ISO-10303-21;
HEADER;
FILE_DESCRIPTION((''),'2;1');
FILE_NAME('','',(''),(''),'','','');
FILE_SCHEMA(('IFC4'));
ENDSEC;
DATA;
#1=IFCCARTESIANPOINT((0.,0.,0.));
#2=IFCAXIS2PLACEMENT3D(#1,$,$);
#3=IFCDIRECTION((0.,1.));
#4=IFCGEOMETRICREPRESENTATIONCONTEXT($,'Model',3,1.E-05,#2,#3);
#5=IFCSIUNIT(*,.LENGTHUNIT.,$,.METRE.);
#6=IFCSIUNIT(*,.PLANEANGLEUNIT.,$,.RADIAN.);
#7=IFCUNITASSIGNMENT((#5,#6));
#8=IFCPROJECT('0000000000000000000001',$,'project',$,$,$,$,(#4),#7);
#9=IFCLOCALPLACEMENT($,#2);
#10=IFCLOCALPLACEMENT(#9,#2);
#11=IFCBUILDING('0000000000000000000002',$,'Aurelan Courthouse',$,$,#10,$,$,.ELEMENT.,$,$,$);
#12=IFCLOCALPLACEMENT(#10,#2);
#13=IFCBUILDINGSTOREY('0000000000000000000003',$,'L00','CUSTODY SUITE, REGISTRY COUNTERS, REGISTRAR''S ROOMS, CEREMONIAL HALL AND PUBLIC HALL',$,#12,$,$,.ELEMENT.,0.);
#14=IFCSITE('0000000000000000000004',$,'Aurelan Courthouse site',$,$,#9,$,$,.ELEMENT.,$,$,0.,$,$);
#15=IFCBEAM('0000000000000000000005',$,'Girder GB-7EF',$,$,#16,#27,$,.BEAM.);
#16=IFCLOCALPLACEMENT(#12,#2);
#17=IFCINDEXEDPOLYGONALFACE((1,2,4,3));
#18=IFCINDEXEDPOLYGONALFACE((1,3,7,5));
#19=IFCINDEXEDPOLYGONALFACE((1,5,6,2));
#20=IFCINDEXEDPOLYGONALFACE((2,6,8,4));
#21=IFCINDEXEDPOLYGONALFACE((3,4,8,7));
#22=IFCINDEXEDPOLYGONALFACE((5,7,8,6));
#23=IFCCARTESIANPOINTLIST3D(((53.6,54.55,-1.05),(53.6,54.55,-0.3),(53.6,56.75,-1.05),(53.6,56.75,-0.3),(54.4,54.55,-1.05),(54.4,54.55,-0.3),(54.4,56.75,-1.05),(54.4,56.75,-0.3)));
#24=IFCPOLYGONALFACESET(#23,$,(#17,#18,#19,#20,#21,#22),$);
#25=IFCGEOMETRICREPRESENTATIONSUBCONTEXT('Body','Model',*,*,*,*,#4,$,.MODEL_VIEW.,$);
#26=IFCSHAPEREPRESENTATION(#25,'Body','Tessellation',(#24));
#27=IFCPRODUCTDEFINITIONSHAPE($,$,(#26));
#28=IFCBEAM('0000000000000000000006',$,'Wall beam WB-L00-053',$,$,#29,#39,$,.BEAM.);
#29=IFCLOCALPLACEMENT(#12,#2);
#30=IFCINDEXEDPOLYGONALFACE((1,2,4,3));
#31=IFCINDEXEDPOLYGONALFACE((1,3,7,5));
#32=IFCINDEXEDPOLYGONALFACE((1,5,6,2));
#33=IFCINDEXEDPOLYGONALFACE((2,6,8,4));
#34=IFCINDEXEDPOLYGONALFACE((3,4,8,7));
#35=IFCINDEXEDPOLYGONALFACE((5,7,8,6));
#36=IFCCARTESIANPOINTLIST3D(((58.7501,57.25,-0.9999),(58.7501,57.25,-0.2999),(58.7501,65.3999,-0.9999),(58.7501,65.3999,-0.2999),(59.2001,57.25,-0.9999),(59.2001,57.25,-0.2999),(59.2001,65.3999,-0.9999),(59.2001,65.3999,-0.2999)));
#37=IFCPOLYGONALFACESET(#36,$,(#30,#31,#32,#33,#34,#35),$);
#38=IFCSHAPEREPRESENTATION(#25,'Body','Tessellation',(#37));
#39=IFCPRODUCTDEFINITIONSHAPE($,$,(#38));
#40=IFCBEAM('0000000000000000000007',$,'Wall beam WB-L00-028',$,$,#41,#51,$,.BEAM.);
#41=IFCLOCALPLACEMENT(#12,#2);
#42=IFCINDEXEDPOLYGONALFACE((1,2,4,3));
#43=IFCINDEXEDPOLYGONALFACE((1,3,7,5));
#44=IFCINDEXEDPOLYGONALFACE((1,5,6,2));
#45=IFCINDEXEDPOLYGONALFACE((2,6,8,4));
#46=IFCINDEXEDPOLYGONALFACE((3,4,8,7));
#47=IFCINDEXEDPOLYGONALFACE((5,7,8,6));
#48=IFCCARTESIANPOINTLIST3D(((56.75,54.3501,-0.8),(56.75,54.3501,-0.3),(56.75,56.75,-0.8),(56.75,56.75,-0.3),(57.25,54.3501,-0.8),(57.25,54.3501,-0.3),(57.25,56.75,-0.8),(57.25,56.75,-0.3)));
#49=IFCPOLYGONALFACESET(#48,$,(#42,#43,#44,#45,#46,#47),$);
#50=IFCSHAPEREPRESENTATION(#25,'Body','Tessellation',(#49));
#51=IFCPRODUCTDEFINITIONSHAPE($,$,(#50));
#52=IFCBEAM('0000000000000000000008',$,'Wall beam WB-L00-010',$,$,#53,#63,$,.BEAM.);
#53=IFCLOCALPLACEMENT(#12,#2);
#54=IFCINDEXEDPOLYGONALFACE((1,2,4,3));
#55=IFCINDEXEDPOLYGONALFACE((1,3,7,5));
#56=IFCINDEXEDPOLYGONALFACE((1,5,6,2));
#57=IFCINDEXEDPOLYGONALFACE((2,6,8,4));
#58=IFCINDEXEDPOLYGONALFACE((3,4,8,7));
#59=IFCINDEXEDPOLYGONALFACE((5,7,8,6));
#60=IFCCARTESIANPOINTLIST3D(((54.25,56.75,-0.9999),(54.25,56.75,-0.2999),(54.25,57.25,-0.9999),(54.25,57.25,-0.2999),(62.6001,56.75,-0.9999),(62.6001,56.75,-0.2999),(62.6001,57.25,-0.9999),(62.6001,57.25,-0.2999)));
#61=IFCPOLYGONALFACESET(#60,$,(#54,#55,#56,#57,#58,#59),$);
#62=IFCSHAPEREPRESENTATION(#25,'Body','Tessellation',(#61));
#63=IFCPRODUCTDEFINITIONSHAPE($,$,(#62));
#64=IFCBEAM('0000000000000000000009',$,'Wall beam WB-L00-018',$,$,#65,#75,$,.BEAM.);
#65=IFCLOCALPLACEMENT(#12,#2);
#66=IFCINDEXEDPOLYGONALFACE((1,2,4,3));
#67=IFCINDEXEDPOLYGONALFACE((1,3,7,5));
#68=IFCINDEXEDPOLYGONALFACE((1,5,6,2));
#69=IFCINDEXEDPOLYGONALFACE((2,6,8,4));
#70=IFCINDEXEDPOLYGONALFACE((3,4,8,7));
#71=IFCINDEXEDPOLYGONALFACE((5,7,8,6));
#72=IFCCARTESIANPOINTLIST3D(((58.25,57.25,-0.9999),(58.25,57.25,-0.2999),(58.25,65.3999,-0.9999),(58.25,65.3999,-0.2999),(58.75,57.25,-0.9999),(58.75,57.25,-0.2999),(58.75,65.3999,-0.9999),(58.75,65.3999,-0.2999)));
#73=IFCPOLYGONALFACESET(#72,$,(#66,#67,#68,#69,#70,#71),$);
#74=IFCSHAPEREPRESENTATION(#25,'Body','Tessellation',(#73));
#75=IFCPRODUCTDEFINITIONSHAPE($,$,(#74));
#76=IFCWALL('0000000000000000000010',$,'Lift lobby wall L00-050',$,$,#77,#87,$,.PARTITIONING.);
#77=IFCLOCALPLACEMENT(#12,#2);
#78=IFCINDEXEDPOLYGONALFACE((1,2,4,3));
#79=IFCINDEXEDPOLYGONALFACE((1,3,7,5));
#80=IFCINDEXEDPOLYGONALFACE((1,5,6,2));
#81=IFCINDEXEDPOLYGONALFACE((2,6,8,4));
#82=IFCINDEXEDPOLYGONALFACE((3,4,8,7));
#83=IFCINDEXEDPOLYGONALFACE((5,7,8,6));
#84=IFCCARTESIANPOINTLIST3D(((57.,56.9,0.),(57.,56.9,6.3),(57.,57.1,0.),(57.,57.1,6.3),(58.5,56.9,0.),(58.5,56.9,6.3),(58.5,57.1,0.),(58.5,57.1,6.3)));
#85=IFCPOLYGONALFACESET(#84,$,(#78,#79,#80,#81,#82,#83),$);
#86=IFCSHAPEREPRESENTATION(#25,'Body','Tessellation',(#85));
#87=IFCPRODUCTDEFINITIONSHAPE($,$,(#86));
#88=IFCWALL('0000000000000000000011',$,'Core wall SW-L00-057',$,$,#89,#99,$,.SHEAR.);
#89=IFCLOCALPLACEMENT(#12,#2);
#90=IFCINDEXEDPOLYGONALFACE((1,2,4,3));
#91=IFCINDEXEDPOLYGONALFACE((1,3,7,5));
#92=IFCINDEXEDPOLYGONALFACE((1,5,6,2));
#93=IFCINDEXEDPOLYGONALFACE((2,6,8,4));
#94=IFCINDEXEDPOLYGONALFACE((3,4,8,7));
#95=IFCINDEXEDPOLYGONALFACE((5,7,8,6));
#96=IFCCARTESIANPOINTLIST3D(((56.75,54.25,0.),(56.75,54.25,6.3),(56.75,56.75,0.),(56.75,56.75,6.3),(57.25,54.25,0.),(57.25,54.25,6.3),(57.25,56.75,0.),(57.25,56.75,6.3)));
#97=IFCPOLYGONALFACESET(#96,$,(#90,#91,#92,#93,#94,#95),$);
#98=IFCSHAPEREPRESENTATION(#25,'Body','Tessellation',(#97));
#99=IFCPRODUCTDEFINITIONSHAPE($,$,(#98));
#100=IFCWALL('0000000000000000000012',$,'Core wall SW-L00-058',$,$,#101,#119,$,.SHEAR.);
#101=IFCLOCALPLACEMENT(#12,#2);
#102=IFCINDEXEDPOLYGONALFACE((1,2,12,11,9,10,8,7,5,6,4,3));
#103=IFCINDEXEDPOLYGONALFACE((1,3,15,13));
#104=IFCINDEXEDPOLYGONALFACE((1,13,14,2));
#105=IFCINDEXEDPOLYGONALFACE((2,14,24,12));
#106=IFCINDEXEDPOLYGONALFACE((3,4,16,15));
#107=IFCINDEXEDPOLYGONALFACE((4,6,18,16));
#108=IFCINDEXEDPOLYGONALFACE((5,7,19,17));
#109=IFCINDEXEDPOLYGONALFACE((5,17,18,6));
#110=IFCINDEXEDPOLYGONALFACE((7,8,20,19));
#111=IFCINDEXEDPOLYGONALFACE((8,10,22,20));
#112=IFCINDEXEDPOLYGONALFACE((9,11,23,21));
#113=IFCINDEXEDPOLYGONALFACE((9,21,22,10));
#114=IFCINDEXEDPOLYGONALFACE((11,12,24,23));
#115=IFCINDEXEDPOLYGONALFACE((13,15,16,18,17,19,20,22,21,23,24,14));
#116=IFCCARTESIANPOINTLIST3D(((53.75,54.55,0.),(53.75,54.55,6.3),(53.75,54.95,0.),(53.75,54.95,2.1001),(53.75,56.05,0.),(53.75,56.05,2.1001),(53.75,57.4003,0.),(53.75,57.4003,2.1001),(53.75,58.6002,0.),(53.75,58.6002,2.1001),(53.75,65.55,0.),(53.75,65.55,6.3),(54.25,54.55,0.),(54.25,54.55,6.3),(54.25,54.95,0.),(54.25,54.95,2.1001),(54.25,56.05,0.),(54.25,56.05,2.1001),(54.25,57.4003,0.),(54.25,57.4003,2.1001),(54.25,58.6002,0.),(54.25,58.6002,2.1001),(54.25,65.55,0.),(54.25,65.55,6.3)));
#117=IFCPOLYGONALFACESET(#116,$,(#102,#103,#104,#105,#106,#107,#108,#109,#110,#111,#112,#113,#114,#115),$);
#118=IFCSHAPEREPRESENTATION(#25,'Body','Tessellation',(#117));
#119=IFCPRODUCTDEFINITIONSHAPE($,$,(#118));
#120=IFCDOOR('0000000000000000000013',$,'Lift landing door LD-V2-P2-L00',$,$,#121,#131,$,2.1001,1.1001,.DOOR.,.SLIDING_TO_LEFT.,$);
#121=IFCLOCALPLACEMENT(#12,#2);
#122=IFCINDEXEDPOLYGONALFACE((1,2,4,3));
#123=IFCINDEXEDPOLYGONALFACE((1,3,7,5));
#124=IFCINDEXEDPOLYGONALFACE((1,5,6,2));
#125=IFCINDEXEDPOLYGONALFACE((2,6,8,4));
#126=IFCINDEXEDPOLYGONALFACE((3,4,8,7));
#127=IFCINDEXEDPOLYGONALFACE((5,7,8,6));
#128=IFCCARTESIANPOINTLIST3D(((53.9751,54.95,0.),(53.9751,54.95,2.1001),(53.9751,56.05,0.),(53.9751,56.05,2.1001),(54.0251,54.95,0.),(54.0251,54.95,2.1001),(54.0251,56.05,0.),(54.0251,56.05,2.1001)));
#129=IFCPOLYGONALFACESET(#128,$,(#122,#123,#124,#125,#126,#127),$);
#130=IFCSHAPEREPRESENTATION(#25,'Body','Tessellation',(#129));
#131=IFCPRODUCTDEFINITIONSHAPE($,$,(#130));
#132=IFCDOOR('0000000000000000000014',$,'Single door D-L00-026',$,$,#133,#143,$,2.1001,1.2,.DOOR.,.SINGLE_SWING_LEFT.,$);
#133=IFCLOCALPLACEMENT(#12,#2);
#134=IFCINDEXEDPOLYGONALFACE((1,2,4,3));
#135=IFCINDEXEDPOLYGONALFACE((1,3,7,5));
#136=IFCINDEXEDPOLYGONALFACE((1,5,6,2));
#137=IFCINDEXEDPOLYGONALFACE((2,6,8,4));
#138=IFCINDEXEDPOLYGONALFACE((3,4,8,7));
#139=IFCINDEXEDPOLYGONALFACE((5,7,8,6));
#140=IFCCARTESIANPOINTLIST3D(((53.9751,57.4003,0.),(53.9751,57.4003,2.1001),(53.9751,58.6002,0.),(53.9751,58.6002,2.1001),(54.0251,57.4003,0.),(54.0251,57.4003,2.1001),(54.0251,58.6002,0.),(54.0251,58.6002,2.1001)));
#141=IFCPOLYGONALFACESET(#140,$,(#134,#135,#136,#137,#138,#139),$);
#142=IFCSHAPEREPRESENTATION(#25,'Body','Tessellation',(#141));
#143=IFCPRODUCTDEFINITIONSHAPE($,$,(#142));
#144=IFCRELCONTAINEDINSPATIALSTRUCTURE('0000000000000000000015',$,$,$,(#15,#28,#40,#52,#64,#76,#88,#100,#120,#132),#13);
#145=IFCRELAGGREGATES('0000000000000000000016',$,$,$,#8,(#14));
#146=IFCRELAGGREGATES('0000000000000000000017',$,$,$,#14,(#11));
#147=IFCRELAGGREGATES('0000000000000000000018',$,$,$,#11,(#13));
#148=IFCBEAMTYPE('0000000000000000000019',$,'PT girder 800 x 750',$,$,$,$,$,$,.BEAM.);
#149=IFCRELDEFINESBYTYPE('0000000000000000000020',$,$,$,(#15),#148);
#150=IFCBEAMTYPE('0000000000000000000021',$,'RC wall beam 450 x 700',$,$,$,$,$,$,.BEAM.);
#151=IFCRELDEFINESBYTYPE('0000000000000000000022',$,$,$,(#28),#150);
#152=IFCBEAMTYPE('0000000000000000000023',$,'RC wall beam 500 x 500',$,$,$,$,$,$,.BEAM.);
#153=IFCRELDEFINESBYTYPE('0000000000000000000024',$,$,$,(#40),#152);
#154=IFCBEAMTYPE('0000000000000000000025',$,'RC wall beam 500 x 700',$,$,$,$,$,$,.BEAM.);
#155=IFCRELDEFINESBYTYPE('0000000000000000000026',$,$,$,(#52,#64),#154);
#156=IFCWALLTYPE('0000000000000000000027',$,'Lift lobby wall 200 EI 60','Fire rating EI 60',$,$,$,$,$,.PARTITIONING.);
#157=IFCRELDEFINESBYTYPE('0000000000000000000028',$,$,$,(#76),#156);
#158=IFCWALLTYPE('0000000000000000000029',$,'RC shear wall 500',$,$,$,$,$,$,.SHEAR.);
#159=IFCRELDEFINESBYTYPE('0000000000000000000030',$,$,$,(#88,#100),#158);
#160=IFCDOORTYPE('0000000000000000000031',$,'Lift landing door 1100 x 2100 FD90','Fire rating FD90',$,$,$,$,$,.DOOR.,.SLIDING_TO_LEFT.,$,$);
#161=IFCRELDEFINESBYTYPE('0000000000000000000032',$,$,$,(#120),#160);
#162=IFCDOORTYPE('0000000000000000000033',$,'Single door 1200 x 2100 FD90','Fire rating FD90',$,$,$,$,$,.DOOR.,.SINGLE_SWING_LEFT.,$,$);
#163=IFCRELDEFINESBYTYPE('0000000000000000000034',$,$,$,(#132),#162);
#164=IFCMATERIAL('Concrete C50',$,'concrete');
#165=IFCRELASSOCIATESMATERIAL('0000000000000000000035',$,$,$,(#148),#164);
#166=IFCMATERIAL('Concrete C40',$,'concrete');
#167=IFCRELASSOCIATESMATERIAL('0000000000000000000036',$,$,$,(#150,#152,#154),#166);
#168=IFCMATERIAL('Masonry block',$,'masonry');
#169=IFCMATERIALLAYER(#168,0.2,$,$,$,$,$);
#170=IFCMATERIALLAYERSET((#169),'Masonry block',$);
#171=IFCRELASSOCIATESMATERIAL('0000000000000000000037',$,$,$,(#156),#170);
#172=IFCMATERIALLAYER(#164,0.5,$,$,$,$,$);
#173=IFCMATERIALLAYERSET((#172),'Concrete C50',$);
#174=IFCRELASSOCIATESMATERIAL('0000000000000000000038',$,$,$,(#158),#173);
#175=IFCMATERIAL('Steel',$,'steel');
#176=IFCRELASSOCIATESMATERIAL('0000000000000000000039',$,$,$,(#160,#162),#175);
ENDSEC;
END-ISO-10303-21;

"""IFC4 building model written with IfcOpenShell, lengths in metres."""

from ifc_helpers import new_model, si_unit, direction, frame, frame_2d, origin, origin_2d, place, context, subcontext, project, spatial, rectangle, extrude, material, layer, layer_set, material_profile, profile_set, type_object, element, fill, save


model = new_model("IFC4")

# Units and contexts
model_context = context("Model", 3, precision=1e-05, world=origin(), true_north=direction((0.0, 1.0)))
body_context = subcontext(model_context, "Body", "Model", "MODEL_VIEW")
ifc_project = project(units=[si_unit("LENGTHUNIT", "METRE"), si_unit("PLANEANGLEUNIT", "RADIAN")], contexts=[model_context])

# Site, building, storey
site_placement = place(None, origin())
site = spatial("IfcSite", under=ifc_project, at=site_placement, Name="Aurelan Courthouse site", CompositionType="ELEMENT", RefElevation=0.0)
building_placement = place(site_placement, origin())
building = spatial("IfcBuilding", under=site, at=building_placement, Name="Aurelan Courthouse", CompositionType="ELEMENT")
storey_placement = place(building_placement, origin())
storey = spatial("IfcBuildingStorey", under=building, at=storey_placement, Name="L00", Description="CUSTODY SUITE, REGISTRY COUNTERS, REGISTRAR'S ROOMS, CEREMONIAL HALL AND PUBLIC HALL", CompositionType="ELEMENT", Elevation=0.0)

# Beams
ifc_material_1 = material(Name="Concrete C50", Category="concrete")
ifc_material_profile_1 = material_profile(ifc_material_1, rectangle(XDim=0.8, YDim=0.75, at=origin_2d()), Name="RC 800 x 750")
ifc_profile_set_1 = profile_set([ifc_material_profile_1], Name="Concrete C50")
beam_type_1 = type_object("IfcBeamType", Name="PT girder 800 x 750", PredefinedType="BEAM", material=ifc_profile_set_1)
beam_1_placement = place(storey_placement, frame((54.0, 54.55, -0.675), z_axis=(0.0, 1.0, 0.0), x_axis=(-1.0, 0.0, 0.0)))
element("IfcBeam", 1, at=beam_1_placement, inside=storey, type_object=beam_type_1, Name="Girder GB-7EF", PredefinedType="BEAM", context=body_context, shape_type="SweptSolid", body=[
    extrude(rectangle(XDim=0.8, YDim=0.75, at=origin_2d()), origin(), (0.0, 0.0, 1.0), 2.2),
])
ifc_material_2 = material(Name="Concrete C40", Category="concrete")
ifc_material_profile_2 = material_profile(ifc_material_2, rectangle(XDim=0.45, YDim=0.7, at=origin_2d()), Name="RC 450 x 700")
ifc_profile_set_2 = profile_set([ifc_material_profile_2], Name="Concrete C40")
beam_type_2 = type_object("IfcBeamType", Name="RC wall beam 450 x 700", PredefinedType="BEAM", material=ifc_profile_set_2)
beam_2_placement = place(storey_placement, frame((58.9751, 57.25, -0.6499), z_axis=(0.0, 1.0, 0.0), x_axis=(-1.0, 0.0, 0.0)))
element("IfcBeam", 2, at=beam_2_placement, inside=storey, type_object=beam_type_2, Name="Wall beam WB-L00-053", PredefinedType="BEAM", context=body_context, shape_type="SweptSolid", body=[
    extrude(rectangle(XDim=0.45, YDim=0.7, at=origin_2d()), origin(), (0.0, 0.0, 1.0), 8.1499),
])
ifc_material_profile_3 = material_profile(ifc_material_2, rectangle(XDim=0.5, YDim=0.5, at=origin_2d()), Name="RC 500 x 500")
ifc_profile_set_3 = profile_set([ifc_material_profile_3], Name="Concrete C40")
beam_type_3 = type_object("IfcBeamType", Name="RC wall beam 500 x 500", PredefinedType="BEAM", material=ifc_profile_set_3)
beam_3_placement = place(storey_placement, frame((57.0, 54.3501, -0.55), z_axis=(0.0, 1.0, 0.0), x_axis=(-1.0, 0.0, 0.0)))
element("IfcBeam", 3, at=beam_3_placement, inside=storey, type_object=beam_type_3, Name="Wall beam WB-L00-028", PredefinedType="BEAM", context=body_context, shape_type="SweptSolid", body=[
    extrude(rectangle(XDim=0.5, YDim=0.5, at=origin_2d()), origin(), (0.0, 0.0, 1.0), 2.3999),
])
ifc_material_profile_4 = material_profile(ifc_material_2, rectangle(XDim=0.5, YDim=0.7, at=origin_2d()), Name="RC 500 x 700")
ifc_profile_set_4 = profile_set([ifc_material_profile_4], Name="Concrete C40")
beam_type_4 = type_object("IfcBeamType", Name="RC wall beam 500 x 700", PredefinedType="BEAM", material=ifc_profile_set_4)
beam_4_placement = place(storey_placement, frame((54.25, 57.0, -0.6499), z_axis=(1.0, 0.0, 0.0), x_axis=(0.0, 1.0, 0.0)))
element("IfcBeam", 4, at=beam_4_placement, inside=storey, type_object=beam_type_4, Name="Wall beam WB-L00-010", PredefinedType="BEAM", context=body_context, shape_type="SweptSolid", body=[
    extrude(rectangle(XDim=0.5, YDim=0.7, at=origin_2d()), origin(), (0.0, 0.0, 1.0), 8.3501),
])
beam_5_placement = place(storey_placement, frame((58.5, 57.25, -0.6499), z_axis=(0.0, 1.0, 0.0), x_axis=(-1.0, 0.0, 0.0)))
element("IfcBeam", 5, at=beam_5_placement, inside=storey, type_object=beam_type_4, Name="Wall beam WB-L00-018", PredefinedType="BEAM", context=body_context, shape_type="SweptSolid", body=[
    extrude(rectangle(XDim=0.5, YDim=0.7, at=origin_2d()), origin(), (0.0, 0.0, 1.0), 8.1499),
])

# Walls
ifc_material_3 = material(Name="Masonry block", Category="masonry")
ifc_layer_1 = layer(ifc_material_3, 0.2)
ifc_layer_set_1 = layer_set([ifc_layer_1], Name="Masonry block")
wall_type_1 = type_object("IfcWallType", Name="Lift lobby wall 200 EI 60", Description="Fire rating EI 60", PredefinedType="PARTITIONING", material=ifc_layer_set_1)
wall_1_placement = place(storey_placement, frame((57.0, 57.0, 0.0), z_axis=(0.0, 0.0, 1.0), x_axis=(1.0, 0.0, 0.0)))
element("IfcWall", 6, at=wall_1_placement, inside=storey, type_object=wall_type_1, Name="Lift lobby wall L00-050", PredefinedType="PARTITIONING", context=body_context, shape_type="SweptSolid", body=[
    extrude(rectangle(XDim=1.5, YDim=0.2, at=frame_2d((0.75, 0.0))), origin(), (0.0, 0.0, 1.0), 6.3),
])
ifc_layer_2 = layer(ifc_material_1, 0.5)
ifc_layer_set_2 = layer_set([ifc_layer_2], Name="Concrete C50")
wall_type_2 = type_object("IfcWallType", Name="RC shear wall 500", PredefinedType="SHEAR", material=ifc_layer_set_2)
wall_2_placement = place(storey_placement, frame((57.0, 54.25, 0.0), z_axis=(0.0, 0.0, 1.0), x_axis=(0.0, 1.0, 0.0)))
element("IfcWall", 7, at=wall_2_placement, inside=storey, type_object=wall_type_2, Name="Core wall SW-L00-057", PredefinedType="SHEAR", context=body_context, shape_type="SweptSolid", body=[
    extrude(rectangle(XDim=2.5, YDim=0.5, at=frame_2d((1.25, 0.0))), origin(), (0.0, 0.0, 1.0), 6.3),
])

# Wall, openings, doors
wall_3_placement = place(storey_placement, frame((54.0, 54.55, 0.0), z_axis=(0.0, 0.0, 1.0), x_axis=(0.0, 1.0, 0.0)))
wall_3 = element("IfcWall", 8, at=wall_3_placement, inside=storey, type_object=wall_type_2, Name="Core wall SW-L00-058", PredefinedType="SHEAR", context=body_context, shape_type="SweptSolid", body=[
    extrude(rectangle(XDim=11.0, YDim=0.5, at=frame_2d((5.5, 0.0))), origin(), (0.0, 0.0, 1.0), 6.3),
])
opening_1_placement = place(wall_3_placement, frame((0.3999, 0.0, 0.0)))
opening_1 = element("IfcOpeningElement", 9, at=opening_1_placement, cuts=wall_3, PredefinedType="OPENING", context=body_context, shape_type="SweptSolid", body=[
    extrude(rectangle(XDim=1.1001, YDim=2.1001, at=frame_2d((0.55, 1.05))), frame((0.0, 0.26, 0.0), z_axis=(0.0, -1.0, 0.0), x_axis=(1.0, 0.0, 0.0)), (0.0, 0.0, 1.0), 0.52),
])
opening_2_placement = place(wall_3_placement, frame((2.8501, 0.0, 0.0)))
opening_2 = element("IfcOpeningElement", 10, at=opening_2_placement, cuts=wall_3, PredefinedType="OPENING", context=body_context, shape_type="SweptSolid", body=[
    extrude(rectangle(XDim=1.2, YDim=2.1001, at=frame_2d((0.6001, 1.05))), frame((0.0, 0.26, 0.0), z_axis=(0.0, -1.0, 0.0), x_axis=(1.0, 0.0, 0.0)), (0.0, 0.0, 1.0), 0.52),
])
ifc_material_4 = material(Name="Steel", Category="steel")
door_type_1 = type_object("IfcDoorType", Name="Lift landing door 1100 x 2100 FD90", Description="Fire rating FD90", OperationType="SLIDING_TO_LEFT", PredefinedType="DOOR", material=ifc_material_4)
door_1_placement = place(opening_1_placement, origin())
door_1 = element("IfcDoor", 11, at=door_1_placement, inside=storey, type_object=door_type_1, Name="Lift landing door LD-V2-P2-L00", OperationType="SLIDING_TO_LEFT", OverallHeight=2.1001, OverallWidth=1.1001, PredefinedType="DOOR", context=body_context, shape_type="SweptSolid", body=[
    extrude(rectangle(XDim=1.1001, YDim=2.1001, at=frame_2d((0.55, 1.05))), frame((0.0, 0.0249, 0.0), z_axis=(0.0, -1.0, 0.0), x_axis=(1.0, 0.0, 0.0)), (0.0, 0.0, 1.0), 0.05),
])
fill(opening_1, door_1)
door_type_2 = type_object("IfcDoorType", Name="Single door 1200 x 2100 FD90", Description="Fire rating FD90", OperationType="SINGLE_SWING_LEFT", PredefinedType="DOOR", material=ifc_material_4)
door_2_placement = place(opening_2_placement, origin())
door_2 = element("IfcDoor", 12, at=door_2_placement, inside=storey, type_object=door_type_2, Name="Single door D-L00-026", OperationType="SINGLE_SWING_LEFT", OverallHeight=2.1001, OverallWidth=1.2, PredefinedType="DOOR", context=body_context, shape_type="SweptSolid", body=[
    extrude(rectangle(XDim=1.2, YDim=2.1001, at=frame_2d((0.6001, 1.05))), frame((0.0, 0.0249, 0.0), z_axis=(0.0, -1.0, 0.0), x_axis=(1.0, 0.0, 0.0)), (0.0, 0.0, 1.0), 0.05),
])
fill(opening_2, door_2)

save(model, "model.ifc")
